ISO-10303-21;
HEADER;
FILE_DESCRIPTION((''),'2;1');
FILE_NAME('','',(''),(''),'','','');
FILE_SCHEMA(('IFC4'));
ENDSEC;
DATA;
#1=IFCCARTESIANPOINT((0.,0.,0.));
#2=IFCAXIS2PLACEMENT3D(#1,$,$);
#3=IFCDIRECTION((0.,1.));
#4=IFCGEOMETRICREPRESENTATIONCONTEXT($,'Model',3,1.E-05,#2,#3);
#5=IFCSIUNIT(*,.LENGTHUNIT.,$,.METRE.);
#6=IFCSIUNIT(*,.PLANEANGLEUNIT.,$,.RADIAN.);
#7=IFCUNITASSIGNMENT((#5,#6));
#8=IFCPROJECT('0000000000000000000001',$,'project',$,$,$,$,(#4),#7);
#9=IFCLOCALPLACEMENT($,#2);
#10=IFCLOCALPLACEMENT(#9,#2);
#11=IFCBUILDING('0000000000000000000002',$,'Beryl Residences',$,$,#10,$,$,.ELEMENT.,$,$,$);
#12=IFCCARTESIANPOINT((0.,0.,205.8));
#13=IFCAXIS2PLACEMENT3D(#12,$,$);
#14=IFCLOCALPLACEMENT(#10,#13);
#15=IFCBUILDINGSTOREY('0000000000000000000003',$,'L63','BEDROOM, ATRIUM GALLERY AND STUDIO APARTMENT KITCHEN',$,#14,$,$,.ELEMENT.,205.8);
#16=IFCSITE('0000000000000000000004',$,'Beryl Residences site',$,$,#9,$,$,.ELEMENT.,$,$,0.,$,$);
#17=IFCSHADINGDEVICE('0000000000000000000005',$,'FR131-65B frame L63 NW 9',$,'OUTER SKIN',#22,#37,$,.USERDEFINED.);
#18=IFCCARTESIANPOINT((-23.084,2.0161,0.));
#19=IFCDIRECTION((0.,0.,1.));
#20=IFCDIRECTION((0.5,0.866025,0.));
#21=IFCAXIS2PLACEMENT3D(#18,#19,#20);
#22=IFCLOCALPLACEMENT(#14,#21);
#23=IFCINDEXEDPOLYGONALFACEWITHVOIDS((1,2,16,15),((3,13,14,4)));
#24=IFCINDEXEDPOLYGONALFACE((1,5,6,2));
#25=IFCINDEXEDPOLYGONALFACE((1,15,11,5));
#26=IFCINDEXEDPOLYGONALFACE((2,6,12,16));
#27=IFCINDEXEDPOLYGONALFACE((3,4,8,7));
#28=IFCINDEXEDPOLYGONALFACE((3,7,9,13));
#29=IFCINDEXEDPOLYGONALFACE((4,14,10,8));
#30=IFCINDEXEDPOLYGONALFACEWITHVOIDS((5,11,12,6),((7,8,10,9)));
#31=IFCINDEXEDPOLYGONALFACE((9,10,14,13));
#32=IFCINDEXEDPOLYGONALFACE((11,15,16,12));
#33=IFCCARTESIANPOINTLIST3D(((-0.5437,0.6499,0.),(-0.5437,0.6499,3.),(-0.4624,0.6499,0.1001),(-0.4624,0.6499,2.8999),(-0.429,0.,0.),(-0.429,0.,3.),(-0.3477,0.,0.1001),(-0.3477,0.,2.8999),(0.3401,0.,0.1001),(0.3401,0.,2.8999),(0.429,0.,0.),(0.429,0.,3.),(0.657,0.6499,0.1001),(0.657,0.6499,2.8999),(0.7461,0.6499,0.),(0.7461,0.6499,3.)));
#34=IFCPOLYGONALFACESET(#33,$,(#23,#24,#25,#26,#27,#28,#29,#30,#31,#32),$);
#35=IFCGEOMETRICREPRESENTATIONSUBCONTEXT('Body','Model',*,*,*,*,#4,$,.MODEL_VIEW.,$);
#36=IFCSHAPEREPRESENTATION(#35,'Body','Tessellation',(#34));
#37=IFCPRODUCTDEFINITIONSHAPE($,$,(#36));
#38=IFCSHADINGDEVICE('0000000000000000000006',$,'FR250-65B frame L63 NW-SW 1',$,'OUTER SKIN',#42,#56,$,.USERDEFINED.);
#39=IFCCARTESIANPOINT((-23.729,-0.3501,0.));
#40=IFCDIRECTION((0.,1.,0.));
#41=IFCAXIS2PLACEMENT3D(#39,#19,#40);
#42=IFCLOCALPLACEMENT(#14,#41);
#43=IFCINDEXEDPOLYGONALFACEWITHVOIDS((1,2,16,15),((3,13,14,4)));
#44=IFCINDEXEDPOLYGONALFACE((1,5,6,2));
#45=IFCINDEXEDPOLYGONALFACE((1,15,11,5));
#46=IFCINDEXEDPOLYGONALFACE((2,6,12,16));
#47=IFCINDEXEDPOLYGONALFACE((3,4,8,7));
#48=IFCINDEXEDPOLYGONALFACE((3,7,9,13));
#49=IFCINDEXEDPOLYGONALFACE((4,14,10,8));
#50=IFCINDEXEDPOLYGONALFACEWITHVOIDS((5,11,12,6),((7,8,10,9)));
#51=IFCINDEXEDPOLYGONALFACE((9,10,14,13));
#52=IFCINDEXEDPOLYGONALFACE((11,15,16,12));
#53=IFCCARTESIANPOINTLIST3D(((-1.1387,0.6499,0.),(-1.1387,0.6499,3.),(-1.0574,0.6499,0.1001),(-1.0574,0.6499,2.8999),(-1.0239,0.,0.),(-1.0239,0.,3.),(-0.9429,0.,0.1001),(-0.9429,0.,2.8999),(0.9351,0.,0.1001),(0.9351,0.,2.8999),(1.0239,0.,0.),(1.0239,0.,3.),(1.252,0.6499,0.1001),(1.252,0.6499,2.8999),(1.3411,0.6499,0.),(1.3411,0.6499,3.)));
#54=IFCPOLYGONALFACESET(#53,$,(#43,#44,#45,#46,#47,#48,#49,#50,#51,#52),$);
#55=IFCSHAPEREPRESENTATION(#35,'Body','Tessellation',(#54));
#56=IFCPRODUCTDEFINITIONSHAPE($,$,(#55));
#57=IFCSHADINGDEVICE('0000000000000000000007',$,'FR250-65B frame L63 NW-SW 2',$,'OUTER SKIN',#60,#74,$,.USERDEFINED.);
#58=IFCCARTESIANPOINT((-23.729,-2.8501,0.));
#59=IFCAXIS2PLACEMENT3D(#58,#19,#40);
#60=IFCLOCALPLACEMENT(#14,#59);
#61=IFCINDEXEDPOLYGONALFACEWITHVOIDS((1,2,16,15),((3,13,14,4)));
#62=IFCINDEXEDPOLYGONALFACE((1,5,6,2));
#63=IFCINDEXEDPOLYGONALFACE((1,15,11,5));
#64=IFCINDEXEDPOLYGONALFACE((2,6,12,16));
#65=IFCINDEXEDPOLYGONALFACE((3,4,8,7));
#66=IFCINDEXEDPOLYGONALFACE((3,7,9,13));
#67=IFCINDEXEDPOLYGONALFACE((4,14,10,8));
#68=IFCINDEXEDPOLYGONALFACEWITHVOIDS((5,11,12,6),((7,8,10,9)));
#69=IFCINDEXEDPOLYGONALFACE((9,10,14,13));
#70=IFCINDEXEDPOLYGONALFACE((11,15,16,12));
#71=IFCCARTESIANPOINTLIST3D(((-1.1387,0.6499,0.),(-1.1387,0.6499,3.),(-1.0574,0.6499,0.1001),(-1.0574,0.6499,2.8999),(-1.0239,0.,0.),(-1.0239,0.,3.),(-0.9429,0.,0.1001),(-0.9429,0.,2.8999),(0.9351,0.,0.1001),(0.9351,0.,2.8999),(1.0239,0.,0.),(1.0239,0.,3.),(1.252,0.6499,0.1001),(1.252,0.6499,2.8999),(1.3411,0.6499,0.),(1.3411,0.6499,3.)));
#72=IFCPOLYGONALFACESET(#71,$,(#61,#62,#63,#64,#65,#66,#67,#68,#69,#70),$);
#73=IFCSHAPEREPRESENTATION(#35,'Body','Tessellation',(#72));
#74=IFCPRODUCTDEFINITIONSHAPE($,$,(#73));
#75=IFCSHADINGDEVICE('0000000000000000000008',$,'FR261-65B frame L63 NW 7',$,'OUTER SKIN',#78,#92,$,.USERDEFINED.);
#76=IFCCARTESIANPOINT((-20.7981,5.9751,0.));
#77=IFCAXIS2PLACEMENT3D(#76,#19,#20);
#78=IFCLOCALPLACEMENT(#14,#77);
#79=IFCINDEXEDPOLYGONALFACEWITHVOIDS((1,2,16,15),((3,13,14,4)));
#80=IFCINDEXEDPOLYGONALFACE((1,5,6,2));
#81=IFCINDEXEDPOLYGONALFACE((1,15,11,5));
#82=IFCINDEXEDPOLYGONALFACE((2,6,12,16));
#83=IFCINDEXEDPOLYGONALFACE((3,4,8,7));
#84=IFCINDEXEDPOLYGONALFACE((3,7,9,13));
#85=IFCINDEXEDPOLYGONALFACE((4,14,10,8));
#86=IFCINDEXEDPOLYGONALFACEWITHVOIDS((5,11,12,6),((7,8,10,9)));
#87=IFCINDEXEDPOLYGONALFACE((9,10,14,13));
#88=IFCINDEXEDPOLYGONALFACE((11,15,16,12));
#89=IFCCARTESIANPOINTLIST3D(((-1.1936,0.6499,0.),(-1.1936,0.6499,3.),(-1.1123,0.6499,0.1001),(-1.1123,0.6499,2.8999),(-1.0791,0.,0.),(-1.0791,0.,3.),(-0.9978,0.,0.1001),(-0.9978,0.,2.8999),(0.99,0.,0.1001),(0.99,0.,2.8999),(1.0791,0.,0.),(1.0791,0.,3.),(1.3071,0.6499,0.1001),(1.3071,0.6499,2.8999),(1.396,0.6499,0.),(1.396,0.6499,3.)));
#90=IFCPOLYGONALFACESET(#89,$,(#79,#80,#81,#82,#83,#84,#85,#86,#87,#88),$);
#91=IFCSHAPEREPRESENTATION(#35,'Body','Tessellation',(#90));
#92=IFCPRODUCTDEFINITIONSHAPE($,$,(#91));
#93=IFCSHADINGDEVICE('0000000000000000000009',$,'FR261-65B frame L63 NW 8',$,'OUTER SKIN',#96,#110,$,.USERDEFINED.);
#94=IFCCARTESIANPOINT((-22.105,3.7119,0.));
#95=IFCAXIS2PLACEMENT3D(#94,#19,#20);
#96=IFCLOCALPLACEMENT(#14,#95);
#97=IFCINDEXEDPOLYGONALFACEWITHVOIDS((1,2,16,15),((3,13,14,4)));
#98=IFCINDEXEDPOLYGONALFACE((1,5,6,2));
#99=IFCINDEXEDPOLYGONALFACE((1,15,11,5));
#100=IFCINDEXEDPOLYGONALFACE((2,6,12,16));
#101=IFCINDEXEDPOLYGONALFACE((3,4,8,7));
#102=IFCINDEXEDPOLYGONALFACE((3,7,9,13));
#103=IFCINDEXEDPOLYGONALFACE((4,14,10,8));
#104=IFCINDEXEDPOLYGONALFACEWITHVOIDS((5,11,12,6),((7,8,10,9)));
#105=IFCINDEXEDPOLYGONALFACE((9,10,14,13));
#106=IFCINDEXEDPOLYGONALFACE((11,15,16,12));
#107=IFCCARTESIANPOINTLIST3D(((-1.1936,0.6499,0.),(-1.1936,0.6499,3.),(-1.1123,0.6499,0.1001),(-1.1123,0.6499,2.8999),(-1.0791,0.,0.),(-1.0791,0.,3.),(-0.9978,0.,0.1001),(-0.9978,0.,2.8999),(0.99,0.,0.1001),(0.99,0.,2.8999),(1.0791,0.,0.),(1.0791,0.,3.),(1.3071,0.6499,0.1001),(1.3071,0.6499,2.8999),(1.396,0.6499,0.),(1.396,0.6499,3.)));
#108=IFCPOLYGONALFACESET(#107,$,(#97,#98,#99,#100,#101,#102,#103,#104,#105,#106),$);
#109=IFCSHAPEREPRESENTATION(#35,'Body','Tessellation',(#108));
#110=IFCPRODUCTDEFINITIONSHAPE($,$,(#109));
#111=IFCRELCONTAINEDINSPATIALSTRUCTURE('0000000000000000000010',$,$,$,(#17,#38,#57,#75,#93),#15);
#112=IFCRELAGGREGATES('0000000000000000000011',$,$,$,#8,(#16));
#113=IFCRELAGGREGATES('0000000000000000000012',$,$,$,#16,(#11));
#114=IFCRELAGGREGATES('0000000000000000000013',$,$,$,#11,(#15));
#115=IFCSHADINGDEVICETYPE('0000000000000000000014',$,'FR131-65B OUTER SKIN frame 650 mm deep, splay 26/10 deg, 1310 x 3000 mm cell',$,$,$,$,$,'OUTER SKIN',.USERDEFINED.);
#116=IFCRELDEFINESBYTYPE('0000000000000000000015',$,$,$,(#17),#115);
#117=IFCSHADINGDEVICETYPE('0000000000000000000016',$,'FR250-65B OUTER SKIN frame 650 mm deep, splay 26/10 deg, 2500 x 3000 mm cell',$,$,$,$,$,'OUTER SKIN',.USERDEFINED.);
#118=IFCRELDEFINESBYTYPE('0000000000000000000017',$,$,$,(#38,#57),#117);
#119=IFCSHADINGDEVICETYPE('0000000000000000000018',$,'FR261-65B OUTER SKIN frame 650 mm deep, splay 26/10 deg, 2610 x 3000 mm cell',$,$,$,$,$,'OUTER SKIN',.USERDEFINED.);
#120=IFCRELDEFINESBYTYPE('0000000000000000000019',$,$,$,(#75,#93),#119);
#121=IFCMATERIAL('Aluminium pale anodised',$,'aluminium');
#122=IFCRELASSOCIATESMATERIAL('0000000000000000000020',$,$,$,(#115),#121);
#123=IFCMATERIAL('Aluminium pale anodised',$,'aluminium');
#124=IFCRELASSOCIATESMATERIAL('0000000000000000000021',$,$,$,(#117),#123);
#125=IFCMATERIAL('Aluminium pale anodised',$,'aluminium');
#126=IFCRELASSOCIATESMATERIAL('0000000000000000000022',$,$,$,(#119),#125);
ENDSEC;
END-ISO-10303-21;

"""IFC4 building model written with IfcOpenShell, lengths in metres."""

from ifc_helpers import new_model, entity, si_unit, direction, frame, origin, place, context, subcontext, project, spatial, source, transform, mapped, material, type_object, type_shapes, element, save


model = new_model("IFC4")

# Units and contexts
model_context = context("Model", 3, precision=1e-05, world=origin(), true_north=direction((0.0, 1.0)))
body_context = subcontext(model_context, "Body", "Model", "MODEL_VIEW")
ifc_project = project(units=[si_unit("LENGTHUNIT", "METRE"), si_unit("PLANEANGLEUNIT", "RADIAN")], contexts=[model_context])

# Site, building, storey
site_placement = place(None, origin())
site = spatial("IfcSite", under=ifc_project, at=site_placement, Name="Beryl Residences site", CompositionType="ELEMENT", RefElevation=0.0)
building_placement = place(site_placement, origin())
building = spatial("IfcBuilding", under=site, at=building_placement, Name="Beryl Residences", CompositionType="ELEMENT")
storey_placement = place(building_placement, frame((0.0, 0.0, 205.8)))
storey = spatial("IfcBuildingStorey", under=building, at=storey_placement, Name="L63", Description="BEDROOM, ATRIUM GALLERY AND STUDIO APARTMENT KITCHEN", CompositionType="ELEMENT", Elevation=205.8)

# Shading devices
ifc_material_1 = material(Name="Aluminium pale anodised", Category="aluminium")
shading_device_type_1 = type_object("IfcShadingDeviceType", Name="FR131-65B OUTER SKIN frame 650 mm deep, splay 26/10 deg, 1310 x 3000 mm cell", ElementType="OUTER SKIN", PredefinedType="USERDEFINED", material=ifc_material_1)
cartesian_point_1 = entity("IfcCartesianPoint", [-0.429, 0.0])
cartesian_point_2 = entity("IfcCartesianPoint", [-0.3401, 0.1001])
cartesian_point_3 = entity("IfcCartesianPoint", [-0.7461, 0.0])
cartesian_point_4 = entity("IfcCartesianPoint", [-0.657, 0.1001])
shared_shape_1 = source(origin(), body_context, "Body", "SweptSolid", [
    entity("IfcExtrudedAreaSolidTapered", entity("IfcArbitraryProfileDefWithVoids", "AREA", None, entity("IfcPolyline", [cartesian_point_1, entity("IfcCartesianPoint", [0.429, 0.0]), entity("IfcCartesianPoint", [0.429, 3.0]), entity("IfcCartesianPoint", [-0.429, 3.0]), cartesian_point_1]), [entity("IfcPolyline", [cartesian_point_2, entity("IfcCartesianPoint", [0.3477, 0.1001]), entity("IfcCartesianPoint", [0.3477, 2.8999]), entity("IfcCartesianPoint", [-0.3401, 2.8999]), cartesian_point_2])]), entity("IfcAxis2Placement3D", entity("IfcCartesianPoint", [0.0, 0.0, 0.0]), entity("IfcDirection", [0.0, 1.0, 0.0]), entity("IfcDirection", [-1.0, 0.0, 0.0])), entity("IfcDirection", [0.0, 0.0, 1.0]), 0.6499, entity("IfcArbitraryProfileDefWithVoids", "AREA", None, entity("IfcPolyline", [cartesian_point_3, entity("IfcCartesianPoint", [0.5437, 0.0]), entity("IfcCartesianPoint", [0.5437, 3.0]), entity("IfcCartesianPoint", [-0.7461, 3.0]), cartesian_point_3]), [entity("IfcPolyline", [cartesian_point_4, entity("IfcCartesianPoint", [0.4624, 0.1001]), entity("IfcCartesianPoint", [0.4624, 2.8999]), entity("IfcCartesianPoint", [-0.657, 2.8999]), cartesian_point_4])])),
])
type_shapes(shading_device_type_1, [shared_shape_1])
shading_device_placement = place(storey_placement, frame((-23.084, 2.0161, 0.0), z_axis=(0.0, 0.0, 1.0), x_axis=(0.5, 0.866025, 0.0)))
element("IfcShadingDevice", 1, at=shading_device_placement, inside=storey, type_object=shading_device_type_1, Name="FR131-65B frame L63 NW 9", ObjectType="OUTER SKIN", PredefinedType="USERDEFINED", context=body_context, shape_type="MappedRepresentation", body=[
    mapped(shared_shape_1, transform((0.0, 0.0, 0.0))),
])
ifc_material_2 = material(Name="Aluminium pale anodised", Category="aluminium")
shading_device_type_2 = type_object("IfcShadingDeviceType", Name="FR250-65B OUTER SKIN frame 650 mm deep, splay 26/10 deg, 2500 x 3000 mm cell", ElementType="OUTER SKIN", PredefinedType="USERDEFINED", material=ifc_material_2)
cartesian_point_5 = entity("IfcCartesianPoint", [-1.0239, 0.0])
cartesian_point_6 = entity("IfcCartesianPoint", [-0.9351, 0.1001])
cartesian_point_7 = entity("IfcCartesianPoint", [-1.3411, 0.0])
cartesian_point_8 = entity("IfcCartesianPoint", [-1.252, 0.1001])
shared_shape_2 = source(origin(), body_context, "Body", "SweptSolid", [
    entity("IfcExtrudedAreaSolidTapered", entity("IfcArbitraryProfileDefWithVoids", "AREA", None, entity("IfcPolyline", [cartesian_point_5, entity("IfcCartesianPoint", [1.0239, 0.0]), entity("IfcCartesianPoint", [1.0239, 3.0]), entity("IfcCartesianPoint", [-1.0239, 3.0]), cartesian_point_5]), [entity("IfcPolyline", [cartesian_point_6, entity("IfcCartesianPoint", [0.9429, 0.1001]), entity("IfcCartesianPoint", [0.9429, 2.8999]), entity("IfcCartesianPoint", [-0.9351, 2.8999]), cartesian_point_6])]), entity("IfcAxis2Placement3D", entity("IfcCartesianPoint", [0.0, 0.0, 0.0]), entity("IfcDirection", [0.0, 1.0, 0.0]), entity("IfcDirection", [-1.0, 0.0, 0.0])), entity("IfcDirection", [0.0, 0.0, 1.0]), 0.6499, entity("IfcArbitraryProfileDefWithVoids", "AREA", None, entity("IfcPolyline", [cartesian_point_7, entity("IfcCartesianPoint", [1.1387, 0.0]), entity("IfcCartesianPoint", [1.1387, 3.0]), entity("IfcCartesianPoint", [-1.3411, 3.0]), cartesian_point_7]), [entity("IfcPolyline", [cartesian_point_8, entity("IfcCartesianPoint", [1.0574, 0.1001]), entity("IfcCartesianPoint", [1.0574, 2.8999]), entity("IfcCartesianPoint", [-1.252, 2.8999]), cartesian_point_8])])),
])
type_shapes(shading_device_type_2, [shared_shape_2])
for number, where, z_axis, x_axis, name in (
    (2, (-23.729, -0.3501, 0.0), (0.0, 0.0, 1.0), (0.0, 1.0, 0.0), "FR250-65B frame L63 NW-SW 1"),
    (3, (-23.729, -2.8501, 0.0), (0.0, 0.0, 1.0), (0.0, 1.0, 0.0), "FR250-65B frame L63 NW-SW 2"),
):
    element("IfcShadingDevice", number, at=place(storey_placement, frame(where, z_axis=z_axis, x_axis=x_axis)), inside=storey, type_object=shading_device_type_2, Name=name, ObjectType="OUTER SKIN", PredefinedType="USERDEFINED", context=body_context, shape_type="MappedRepresentation", body=[
        mapped(shared_shape_2, transform((0.0, 0.0, 0.0))),
    ])
ifc_material_3 = material(Name="Aluminium pale anodised", Category="aluminium")
shading_device_type_3 = type_object("IfcShadingDeviceType", Name="FR261-65B OUTER SKIN frame 650 mm deep, splay 26/10 deg, 2610 x 3000 mm cell", ElementType="OUTER SKIN", PredefinedType="USERDEFINED", material=ifc_material_3)
cartesian_point_9 = entity("IfcCartesianPoint", [-1.0791, 0.0])
cartesian_point_10 = entity("IfcCartesianPoint", [-0.99, 0.1001])
cartesian_point_11 = entity("IfcCartesianPoint", [-1.396, 0.0])
cartesian_point_12 = entity("IfcCartesianPoint", [-1.3071, 0.1001])
shared_shape_3 = source(origin(), body_context, "Body", "SweptSolid", [
    entity("IfcExtrudedAreaSolidTapered", entity("IfcArbitraryProfileDefWithVoids", "AREA", None, entity("IfcPolyline", [cartesian_point_9, entity("IfcCartesianPoint", [1.0791, 0.0]), entity("IfcCartesianPoint", [1.0791, 3.0]), entity("IfcCartesianPoint", [-1.0791, 3.0]), cartesian_point_9]), [entity("IfcPolyline", [cartesian_point_10, entity("IfcCartesianPoint", [0.9978, 0.1001]), entity("IfcCartesianPoint", [0.9978, 2.8999]), entity("IfcCartesianPoint", [-0.99, 2.8999]), cartesian_point_10])]), entity("IfcAxis2Placement3D", entity("IfcCartesianPoint", [0.0, 0.0, 0.0]), entity("IfcDirection", [0.0, 1.0, 0.0]), entity("IfcDirection", [-1.0, 0.0, 0.0])), entity("IfcDirection", [0.0, 0.0, 1.0]), 0.6499, entity("IfcArbitraryProfileDefWithVoids", "AREA", None, entity("IfcPolyline", [cartesian_point_11, entity("IfcCartesianPoint", [1.1936, 0.0]), entity("IfcCartesianPoint", [1.1936, 3.0]), entity("IfcCartesianPoint", [-1.396, 3.0]), cartesian_point_11]), [entity("IfcPolyline", [cartesian_point_12, entity("IfcCartesianPoint", [1.1123, 0.1001]), entity("IfcCartesianPoint", [1.1123, 2.8999]), entity("IfcCartesianPoint", [-1.3071, 2.8999]), cartesian_point_12])])),
])
type_shapes(shading_device_type_3, [shared_shape_3])
for number, where, z_axis, x_axis, name in (
    (4, (-20.7981, 5.9751, 0.0), (0.0, 0.0, 1.0), (0.5, 0.866025, 0.0), "FR261-65B frame L63 NW 7"),
    (5, (-22.105, 3.7119, 0.0), (0.0, 0.0, 1.0), (0.5, 0.866025, 0.0), "FR261-65B frame L63 NW 8"),
):
    element("IfcShadingDevice", number, at=place(storey_placement, frame(where, z_axis=z_axis, x_axis=x_axis)), inside=storey, type_object=shading_device_type_3, Name=name, ObjectType="OUTER SKIN", PredefinedType="USERDEFINED", context=body_context, shape_type="MappedRepresentation", body=[
        mapped(shared_shape_3, transform((0.0, 0.0, 0.0))),
    ])

save(model, "model.ifc")
